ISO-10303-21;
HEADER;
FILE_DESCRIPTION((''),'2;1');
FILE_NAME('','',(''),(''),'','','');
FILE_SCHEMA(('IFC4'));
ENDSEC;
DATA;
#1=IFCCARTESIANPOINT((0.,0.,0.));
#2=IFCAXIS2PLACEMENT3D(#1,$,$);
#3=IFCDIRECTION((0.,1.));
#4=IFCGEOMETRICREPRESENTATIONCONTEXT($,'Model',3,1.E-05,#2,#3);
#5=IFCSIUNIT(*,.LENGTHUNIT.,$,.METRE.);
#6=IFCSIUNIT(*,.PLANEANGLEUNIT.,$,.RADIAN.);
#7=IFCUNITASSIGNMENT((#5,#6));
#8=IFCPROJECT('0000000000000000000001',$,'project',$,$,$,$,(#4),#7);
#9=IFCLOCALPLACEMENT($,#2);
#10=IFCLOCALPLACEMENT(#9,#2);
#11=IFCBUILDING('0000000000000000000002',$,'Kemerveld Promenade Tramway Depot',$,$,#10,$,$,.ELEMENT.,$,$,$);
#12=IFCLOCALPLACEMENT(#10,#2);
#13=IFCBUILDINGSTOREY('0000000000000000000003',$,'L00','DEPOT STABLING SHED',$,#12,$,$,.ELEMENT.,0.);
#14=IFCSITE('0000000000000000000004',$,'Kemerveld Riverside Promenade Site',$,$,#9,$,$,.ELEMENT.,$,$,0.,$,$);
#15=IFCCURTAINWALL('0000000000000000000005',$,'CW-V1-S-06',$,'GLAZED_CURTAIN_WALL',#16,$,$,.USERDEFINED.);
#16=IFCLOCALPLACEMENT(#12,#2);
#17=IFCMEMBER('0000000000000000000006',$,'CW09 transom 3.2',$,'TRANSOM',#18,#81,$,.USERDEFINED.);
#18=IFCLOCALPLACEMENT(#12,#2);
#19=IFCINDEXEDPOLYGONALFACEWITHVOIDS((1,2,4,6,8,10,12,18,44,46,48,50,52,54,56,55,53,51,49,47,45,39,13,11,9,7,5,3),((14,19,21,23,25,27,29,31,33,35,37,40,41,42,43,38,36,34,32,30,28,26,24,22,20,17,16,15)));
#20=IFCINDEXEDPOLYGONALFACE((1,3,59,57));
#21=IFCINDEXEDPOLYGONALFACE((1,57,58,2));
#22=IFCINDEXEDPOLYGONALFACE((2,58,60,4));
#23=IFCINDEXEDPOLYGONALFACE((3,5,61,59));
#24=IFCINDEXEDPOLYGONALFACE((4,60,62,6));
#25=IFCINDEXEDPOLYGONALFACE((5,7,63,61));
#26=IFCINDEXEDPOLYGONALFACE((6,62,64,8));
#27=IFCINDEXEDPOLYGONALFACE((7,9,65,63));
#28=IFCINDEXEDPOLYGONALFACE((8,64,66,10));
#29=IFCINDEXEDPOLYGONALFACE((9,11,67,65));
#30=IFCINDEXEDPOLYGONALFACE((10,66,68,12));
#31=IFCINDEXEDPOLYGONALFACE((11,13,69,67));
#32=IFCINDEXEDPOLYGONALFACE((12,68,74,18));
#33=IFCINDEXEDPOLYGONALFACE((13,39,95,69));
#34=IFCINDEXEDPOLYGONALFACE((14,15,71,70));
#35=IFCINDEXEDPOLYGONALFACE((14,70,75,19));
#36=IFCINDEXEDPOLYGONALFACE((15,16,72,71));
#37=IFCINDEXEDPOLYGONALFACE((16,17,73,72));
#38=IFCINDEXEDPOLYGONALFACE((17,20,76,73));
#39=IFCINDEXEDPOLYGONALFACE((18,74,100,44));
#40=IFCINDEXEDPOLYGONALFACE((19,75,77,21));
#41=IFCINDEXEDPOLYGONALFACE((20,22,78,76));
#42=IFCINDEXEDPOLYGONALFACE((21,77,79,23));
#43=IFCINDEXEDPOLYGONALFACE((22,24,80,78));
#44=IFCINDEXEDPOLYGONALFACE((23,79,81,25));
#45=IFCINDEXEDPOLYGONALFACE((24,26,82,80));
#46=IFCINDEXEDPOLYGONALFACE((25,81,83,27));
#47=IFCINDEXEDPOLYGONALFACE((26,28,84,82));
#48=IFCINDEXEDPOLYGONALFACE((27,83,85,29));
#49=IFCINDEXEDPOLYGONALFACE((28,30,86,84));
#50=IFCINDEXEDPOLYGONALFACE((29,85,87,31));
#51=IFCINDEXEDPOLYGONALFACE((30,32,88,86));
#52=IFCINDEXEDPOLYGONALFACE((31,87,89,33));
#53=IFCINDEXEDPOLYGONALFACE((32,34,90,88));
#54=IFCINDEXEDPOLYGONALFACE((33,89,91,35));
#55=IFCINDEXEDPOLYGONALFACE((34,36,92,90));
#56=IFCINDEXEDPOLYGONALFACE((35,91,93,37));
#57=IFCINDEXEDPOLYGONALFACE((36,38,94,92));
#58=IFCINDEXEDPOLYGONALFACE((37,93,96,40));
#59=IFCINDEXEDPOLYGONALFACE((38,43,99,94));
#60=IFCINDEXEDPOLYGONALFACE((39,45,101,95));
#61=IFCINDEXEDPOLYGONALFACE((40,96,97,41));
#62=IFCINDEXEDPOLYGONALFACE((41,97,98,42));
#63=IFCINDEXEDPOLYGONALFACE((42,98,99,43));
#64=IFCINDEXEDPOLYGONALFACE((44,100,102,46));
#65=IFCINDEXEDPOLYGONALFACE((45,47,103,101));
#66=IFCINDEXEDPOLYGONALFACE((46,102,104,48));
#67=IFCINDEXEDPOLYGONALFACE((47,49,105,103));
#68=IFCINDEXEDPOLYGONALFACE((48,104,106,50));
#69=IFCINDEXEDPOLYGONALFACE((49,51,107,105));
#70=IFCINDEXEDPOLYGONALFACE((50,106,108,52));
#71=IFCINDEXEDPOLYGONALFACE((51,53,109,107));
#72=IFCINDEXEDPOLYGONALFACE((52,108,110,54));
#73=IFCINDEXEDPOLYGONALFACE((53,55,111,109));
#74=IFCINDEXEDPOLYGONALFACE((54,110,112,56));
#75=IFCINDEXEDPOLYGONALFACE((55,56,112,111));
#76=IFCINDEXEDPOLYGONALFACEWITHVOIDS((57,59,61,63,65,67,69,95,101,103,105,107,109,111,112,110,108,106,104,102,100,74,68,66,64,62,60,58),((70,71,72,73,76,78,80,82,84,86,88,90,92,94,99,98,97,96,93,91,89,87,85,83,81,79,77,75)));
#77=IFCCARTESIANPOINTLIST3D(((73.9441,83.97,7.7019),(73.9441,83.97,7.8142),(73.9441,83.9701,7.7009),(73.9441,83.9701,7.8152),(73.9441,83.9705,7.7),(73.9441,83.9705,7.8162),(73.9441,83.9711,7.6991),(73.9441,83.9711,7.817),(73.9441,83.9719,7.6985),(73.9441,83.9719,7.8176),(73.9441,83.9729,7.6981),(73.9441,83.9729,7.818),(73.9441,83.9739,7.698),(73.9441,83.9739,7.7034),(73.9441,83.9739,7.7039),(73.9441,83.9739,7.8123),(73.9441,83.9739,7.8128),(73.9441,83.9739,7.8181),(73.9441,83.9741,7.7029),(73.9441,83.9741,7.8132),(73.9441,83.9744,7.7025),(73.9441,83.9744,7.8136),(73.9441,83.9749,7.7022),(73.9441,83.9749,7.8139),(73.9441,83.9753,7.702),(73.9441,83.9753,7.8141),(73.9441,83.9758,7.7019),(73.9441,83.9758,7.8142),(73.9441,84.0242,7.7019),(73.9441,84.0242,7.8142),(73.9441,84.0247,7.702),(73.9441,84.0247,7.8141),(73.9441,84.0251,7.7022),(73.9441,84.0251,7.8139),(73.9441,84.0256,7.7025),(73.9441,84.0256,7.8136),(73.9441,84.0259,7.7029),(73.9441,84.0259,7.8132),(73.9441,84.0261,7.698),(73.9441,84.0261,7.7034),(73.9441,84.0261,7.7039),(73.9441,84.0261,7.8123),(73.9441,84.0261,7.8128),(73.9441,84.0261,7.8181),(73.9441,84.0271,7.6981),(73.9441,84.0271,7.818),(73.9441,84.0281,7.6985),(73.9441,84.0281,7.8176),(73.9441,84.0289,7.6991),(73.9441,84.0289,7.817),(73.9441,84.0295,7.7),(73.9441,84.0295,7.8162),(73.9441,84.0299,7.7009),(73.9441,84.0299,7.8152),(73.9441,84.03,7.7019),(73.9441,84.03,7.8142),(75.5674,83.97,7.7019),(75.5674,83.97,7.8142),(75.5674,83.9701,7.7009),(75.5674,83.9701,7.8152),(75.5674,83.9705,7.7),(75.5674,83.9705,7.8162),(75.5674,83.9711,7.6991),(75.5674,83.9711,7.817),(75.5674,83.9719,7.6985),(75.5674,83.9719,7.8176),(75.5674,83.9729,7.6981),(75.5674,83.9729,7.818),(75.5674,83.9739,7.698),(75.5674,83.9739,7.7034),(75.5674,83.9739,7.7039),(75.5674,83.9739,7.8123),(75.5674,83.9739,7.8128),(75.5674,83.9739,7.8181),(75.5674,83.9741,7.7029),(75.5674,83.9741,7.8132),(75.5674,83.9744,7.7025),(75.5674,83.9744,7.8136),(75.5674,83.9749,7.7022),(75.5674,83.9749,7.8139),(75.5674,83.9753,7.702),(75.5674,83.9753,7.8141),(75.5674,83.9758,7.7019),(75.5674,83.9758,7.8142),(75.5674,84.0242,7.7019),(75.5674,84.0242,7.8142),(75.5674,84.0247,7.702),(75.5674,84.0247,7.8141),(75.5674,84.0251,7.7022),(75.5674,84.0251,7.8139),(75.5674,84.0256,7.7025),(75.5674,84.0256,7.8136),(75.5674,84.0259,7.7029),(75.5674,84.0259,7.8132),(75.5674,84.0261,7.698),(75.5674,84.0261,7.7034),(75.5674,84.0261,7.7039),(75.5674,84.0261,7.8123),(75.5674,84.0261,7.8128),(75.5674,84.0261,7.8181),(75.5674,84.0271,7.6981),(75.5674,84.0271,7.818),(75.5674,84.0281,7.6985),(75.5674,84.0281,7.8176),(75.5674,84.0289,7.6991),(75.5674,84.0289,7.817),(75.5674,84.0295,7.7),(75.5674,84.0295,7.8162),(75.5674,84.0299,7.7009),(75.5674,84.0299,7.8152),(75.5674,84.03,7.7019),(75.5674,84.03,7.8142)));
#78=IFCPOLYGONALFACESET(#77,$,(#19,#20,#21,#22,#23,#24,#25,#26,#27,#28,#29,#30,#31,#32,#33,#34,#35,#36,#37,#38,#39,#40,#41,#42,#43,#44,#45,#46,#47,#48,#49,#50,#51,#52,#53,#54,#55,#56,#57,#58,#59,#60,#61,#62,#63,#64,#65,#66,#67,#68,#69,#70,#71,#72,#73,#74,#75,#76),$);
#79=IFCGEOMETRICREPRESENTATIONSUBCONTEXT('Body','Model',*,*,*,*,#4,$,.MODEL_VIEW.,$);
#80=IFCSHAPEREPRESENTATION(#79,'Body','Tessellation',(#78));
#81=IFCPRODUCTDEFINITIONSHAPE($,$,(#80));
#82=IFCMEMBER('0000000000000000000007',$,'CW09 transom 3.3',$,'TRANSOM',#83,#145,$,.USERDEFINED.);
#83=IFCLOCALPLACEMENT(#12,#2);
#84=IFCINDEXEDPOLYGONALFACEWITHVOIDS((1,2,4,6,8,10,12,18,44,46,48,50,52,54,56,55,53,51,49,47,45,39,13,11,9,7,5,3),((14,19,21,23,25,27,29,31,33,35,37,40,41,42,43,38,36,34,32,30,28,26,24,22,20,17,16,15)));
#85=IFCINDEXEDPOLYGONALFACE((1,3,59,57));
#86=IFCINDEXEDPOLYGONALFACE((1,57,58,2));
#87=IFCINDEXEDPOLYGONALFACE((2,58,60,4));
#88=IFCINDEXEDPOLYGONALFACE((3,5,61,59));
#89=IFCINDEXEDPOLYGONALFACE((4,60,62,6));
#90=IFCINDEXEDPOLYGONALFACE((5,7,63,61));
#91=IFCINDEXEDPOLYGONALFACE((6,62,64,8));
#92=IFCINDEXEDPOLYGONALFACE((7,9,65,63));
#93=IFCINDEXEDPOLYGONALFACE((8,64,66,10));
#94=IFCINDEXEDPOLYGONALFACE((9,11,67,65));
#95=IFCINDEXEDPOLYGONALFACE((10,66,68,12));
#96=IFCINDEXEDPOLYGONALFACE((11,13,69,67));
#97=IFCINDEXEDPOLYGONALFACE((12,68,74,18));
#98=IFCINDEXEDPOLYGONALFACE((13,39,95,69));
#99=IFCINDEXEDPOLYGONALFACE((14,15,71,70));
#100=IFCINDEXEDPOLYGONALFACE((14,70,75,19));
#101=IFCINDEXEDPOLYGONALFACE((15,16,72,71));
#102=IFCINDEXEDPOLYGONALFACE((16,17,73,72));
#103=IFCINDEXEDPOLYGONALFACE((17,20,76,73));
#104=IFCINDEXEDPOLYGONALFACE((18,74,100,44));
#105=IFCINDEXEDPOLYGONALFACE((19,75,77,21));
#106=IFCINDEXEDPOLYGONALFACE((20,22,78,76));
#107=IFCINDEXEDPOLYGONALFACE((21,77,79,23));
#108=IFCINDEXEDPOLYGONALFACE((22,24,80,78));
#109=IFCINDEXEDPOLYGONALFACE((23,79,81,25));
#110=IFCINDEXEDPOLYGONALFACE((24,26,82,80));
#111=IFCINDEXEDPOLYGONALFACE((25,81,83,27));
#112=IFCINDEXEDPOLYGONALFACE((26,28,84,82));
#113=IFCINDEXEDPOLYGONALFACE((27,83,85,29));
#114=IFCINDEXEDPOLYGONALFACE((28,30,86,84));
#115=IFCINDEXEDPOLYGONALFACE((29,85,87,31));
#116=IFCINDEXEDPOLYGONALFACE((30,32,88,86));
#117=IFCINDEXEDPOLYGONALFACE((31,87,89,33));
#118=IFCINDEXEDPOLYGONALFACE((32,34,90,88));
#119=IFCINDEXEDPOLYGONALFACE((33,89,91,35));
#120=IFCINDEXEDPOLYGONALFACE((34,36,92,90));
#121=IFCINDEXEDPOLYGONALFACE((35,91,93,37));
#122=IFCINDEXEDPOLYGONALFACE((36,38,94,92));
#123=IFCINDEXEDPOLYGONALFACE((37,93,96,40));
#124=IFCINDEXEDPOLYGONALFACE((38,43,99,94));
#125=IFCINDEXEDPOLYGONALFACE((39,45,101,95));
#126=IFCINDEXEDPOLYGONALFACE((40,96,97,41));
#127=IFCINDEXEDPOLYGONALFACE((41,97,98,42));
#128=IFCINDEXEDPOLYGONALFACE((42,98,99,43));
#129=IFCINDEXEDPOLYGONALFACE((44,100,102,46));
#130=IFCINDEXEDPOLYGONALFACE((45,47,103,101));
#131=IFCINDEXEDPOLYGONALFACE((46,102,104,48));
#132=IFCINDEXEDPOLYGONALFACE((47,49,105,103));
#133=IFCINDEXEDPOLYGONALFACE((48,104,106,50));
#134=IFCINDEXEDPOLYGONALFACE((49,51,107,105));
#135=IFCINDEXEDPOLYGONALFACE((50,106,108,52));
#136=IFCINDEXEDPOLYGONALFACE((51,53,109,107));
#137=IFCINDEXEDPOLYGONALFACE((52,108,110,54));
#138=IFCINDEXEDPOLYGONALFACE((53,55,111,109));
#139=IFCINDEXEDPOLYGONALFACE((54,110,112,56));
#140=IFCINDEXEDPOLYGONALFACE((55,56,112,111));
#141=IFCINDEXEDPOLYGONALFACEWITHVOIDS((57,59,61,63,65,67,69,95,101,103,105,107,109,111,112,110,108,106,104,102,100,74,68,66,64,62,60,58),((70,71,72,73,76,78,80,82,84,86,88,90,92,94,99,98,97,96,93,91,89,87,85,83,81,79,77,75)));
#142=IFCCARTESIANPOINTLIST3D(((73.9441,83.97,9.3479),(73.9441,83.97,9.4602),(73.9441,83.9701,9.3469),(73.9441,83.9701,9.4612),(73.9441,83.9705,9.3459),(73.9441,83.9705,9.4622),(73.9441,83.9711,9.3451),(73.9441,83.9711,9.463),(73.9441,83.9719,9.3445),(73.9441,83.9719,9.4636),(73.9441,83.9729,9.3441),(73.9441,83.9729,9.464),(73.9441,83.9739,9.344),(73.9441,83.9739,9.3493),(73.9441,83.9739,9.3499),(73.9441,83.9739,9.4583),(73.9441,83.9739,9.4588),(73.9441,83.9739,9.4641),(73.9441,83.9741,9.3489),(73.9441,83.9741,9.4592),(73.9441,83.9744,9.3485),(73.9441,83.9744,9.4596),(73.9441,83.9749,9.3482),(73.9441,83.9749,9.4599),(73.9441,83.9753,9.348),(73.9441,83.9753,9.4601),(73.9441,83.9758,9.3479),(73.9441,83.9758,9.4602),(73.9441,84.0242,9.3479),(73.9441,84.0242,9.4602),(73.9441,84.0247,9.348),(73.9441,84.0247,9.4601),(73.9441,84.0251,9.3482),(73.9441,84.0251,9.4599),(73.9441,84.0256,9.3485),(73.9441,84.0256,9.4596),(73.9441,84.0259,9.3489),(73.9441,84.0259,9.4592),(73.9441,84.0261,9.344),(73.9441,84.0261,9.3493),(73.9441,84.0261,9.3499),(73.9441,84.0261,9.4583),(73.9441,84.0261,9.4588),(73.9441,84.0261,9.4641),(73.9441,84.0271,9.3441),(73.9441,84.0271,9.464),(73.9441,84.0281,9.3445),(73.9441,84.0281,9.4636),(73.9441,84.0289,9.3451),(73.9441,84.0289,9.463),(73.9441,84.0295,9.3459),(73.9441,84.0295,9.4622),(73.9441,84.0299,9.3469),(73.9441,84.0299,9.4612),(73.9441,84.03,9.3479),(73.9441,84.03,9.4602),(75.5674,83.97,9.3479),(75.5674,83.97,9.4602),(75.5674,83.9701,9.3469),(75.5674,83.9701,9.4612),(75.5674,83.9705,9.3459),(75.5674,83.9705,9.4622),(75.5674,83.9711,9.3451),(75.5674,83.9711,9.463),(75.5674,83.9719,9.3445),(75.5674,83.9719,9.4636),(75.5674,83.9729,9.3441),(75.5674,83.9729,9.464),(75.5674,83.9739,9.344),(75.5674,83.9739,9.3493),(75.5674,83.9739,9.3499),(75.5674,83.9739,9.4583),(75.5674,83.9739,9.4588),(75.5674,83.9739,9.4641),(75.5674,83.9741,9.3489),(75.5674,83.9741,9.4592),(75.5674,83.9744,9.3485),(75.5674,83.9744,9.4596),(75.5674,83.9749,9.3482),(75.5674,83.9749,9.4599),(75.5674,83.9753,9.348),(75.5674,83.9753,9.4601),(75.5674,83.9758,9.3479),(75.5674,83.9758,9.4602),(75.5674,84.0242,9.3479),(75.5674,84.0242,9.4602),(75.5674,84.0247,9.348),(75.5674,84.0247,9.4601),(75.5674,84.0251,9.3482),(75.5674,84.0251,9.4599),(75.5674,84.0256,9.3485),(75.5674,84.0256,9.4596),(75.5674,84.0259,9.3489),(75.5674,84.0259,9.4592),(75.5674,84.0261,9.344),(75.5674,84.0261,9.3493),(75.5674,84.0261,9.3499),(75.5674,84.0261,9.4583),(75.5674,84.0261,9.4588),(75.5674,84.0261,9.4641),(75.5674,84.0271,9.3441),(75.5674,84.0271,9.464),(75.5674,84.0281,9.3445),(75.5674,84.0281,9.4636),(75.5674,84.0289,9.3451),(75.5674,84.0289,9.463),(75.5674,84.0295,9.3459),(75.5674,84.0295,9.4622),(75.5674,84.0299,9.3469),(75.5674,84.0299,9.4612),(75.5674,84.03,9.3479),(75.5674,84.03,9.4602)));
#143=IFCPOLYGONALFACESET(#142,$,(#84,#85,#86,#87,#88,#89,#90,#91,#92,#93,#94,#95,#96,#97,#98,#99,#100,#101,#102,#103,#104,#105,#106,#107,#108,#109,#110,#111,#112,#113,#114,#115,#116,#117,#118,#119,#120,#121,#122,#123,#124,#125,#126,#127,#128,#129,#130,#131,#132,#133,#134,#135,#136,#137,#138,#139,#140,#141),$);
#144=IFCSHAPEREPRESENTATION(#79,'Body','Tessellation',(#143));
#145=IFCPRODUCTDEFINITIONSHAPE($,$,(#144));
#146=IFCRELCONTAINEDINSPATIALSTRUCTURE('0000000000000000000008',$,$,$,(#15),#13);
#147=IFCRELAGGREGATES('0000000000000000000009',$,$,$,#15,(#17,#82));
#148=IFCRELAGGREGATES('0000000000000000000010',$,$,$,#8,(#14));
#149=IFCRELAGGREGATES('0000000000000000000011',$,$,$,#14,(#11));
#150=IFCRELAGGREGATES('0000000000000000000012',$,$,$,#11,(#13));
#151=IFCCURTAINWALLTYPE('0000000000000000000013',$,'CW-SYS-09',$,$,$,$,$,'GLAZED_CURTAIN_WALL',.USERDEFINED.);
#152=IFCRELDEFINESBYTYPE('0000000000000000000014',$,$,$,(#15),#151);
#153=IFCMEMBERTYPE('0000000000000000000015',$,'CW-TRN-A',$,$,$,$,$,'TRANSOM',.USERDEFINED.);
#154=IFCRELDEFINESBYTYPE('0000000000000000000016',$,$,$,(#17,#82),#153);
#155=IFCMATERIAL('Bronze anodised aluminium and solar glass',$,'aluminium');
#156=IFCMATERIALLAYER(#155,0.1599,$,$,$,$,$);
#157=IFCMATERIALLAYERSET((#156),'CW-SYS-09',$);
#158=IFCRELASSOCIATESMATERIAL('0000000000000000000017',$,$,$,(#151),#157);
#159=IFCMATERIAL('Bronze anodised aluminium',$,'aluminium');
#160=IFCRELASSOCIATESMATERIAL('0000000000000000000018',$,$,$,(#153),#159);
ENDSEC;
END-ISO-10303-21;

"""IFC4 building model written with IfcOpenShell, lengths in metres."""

from ifc_helpers import new_model, si_unit, direction, frame, origin, origin_2d, place, context, subcontext, project, spatial, hollow_rectangle, extrude, material, layer, layer_set, material_profile, profile_set, type_object, element, aggregate, save


model = new_model("IFC4")

# Units and contexts
model_context = context("Model", 3, precision=1e-05, world=origin(), true_north=direction((0.0, 1.0)))
body_context = subcontext(model_context, "Body", "Model", "MODEL_VIEW")
ifc_project = project(units=[si_unit("LENGTHUNIT", "METRE"), si_unit("PLANEANGLEUNIT", "RADIAN")], contexts=[model_context])

# Site, building, storey
site_placement = place(None, origin())
site = spatial("IfcSite", under=ifc_project, at=site_placement, Name="Kemerveld Riverside Promenade Site", CompositionType="ELEMENT", RefElevation=0.0)
building_placement = place(site_placement, origin())
building = spatial("IfcBuilding", under=site, at=building_placement, Name="Kemerveld Promenade Tramway Depot", CompositionType="ELEMENT")
storey_placement = place(building_placement, origin())
storey = spatial("IfcBuildingStorey", under=building, at=storey_placement, Name="L00", Description="DEPOT STABLING SHED", CompositionType="ELEMENT", Elevation=0.0)

# Curtain wall
ifc_material_1 = material(Name="Bronze anodised aluminium and solar glass", Category="aluminium")
ifc_layer_1 = layer(ifc_material_1, 0.1599)
ifc_layer_set_1 = layer_set([ifc_layer_1], Name="CW-SYS-09")
curtain_wall_type_1 = type_object("IfcCurtainWallType", Name="CW-SYS-09", ElementType="GLAZED_CURTAIN_WALL", PredefinedType="USERDEFINED", material=ifc_layer_set_1)
curtain_wall_1_placement = place(storey_placement, origin())
curtain_wall_1 = element("IfcCurtainWall", 1, at=curtain_wall_1_placement, inside=storey, type_object=curtain_wall_type_1, Name="CW-V1-S-06", ObjectType="GLAZED_CURTAIN_WALL", PredefinedType="USERDEFINED")
ifc_material_2 = material(Name="Bronze anodised aluminium", Category="aluminium")

# Members
ifc_material_profile_1 = material_profile(ifc_material_2, hollow_rectangle(XDim=0.0601, YDim=0.1201, WallThickness=0.0039, InnerFilletRadius=0.002, OuterFilletRadius=0.0039, at=origin_2d()), Name="CW-TRN-120x60")
ifc_profile_set_1 = profile_set([ifc_material_profile_1], Name="Bronze anodised aluminium")
member_type_1 = type_object("IfcMemberType", Name="CW-TRN-A", ElementType="TRANSOM", PredefinedType="USERDEFINED", material=ifc_profile_set_1)
member_1_placement = place(storey_placement, frame((75.5674, 84.0, 7.7581), z_axis=(-1.0, 0.0, 0.0), x_axis=(0.0, -1.0, 0.0)))
member_1 = element("IfcMember", 2, at=member_1_placement, type_object=member_type_1, Name="CW09 transom 3.2", ObjectType="TRANSOM", PredefinedType="USERDEFINED", context=body_context, shape_type="SweptSolid", body=[
    extrude(hollow_rectangle(XDim=0.0601, YDim=0.1201, WallThickness=0.0039, InnerFilletRadius=0.002, OuterFilletRadius=0.0039, at=origin_2d()), origin(), (0.0, 0.0, 1.0), 1.6233),
])
member_2_placement = place(storey_placement, frame((75.5674, 84.0, 9.4041), z_axis=(-1.0, 0.0, 0.0), x_axis=(0.0, -1.0, 0.0)))
member_2 = element("IfcMember", 3, at=member_2_placement, type_object=member_type_1, Name="CW09 transom 3.3", ObjectType="TRANSOM", PredefinedType="USERDEFINED", context=body_context, shape_type="SweptSolid", body=[
    extrude(hollow_rectangle(XDim=0.0601, YDim=0.1201, WallThickness=0.0039, InnerFilletRadius=0.002, OuterFilletRadius=0.0039, at=origin_2d()), origin(), (0.0, 0.0, 1.0), 1.6233),
])

aggregate(curtain_wall_1, [member_1, member_2])

save(model, "model.ifc")
